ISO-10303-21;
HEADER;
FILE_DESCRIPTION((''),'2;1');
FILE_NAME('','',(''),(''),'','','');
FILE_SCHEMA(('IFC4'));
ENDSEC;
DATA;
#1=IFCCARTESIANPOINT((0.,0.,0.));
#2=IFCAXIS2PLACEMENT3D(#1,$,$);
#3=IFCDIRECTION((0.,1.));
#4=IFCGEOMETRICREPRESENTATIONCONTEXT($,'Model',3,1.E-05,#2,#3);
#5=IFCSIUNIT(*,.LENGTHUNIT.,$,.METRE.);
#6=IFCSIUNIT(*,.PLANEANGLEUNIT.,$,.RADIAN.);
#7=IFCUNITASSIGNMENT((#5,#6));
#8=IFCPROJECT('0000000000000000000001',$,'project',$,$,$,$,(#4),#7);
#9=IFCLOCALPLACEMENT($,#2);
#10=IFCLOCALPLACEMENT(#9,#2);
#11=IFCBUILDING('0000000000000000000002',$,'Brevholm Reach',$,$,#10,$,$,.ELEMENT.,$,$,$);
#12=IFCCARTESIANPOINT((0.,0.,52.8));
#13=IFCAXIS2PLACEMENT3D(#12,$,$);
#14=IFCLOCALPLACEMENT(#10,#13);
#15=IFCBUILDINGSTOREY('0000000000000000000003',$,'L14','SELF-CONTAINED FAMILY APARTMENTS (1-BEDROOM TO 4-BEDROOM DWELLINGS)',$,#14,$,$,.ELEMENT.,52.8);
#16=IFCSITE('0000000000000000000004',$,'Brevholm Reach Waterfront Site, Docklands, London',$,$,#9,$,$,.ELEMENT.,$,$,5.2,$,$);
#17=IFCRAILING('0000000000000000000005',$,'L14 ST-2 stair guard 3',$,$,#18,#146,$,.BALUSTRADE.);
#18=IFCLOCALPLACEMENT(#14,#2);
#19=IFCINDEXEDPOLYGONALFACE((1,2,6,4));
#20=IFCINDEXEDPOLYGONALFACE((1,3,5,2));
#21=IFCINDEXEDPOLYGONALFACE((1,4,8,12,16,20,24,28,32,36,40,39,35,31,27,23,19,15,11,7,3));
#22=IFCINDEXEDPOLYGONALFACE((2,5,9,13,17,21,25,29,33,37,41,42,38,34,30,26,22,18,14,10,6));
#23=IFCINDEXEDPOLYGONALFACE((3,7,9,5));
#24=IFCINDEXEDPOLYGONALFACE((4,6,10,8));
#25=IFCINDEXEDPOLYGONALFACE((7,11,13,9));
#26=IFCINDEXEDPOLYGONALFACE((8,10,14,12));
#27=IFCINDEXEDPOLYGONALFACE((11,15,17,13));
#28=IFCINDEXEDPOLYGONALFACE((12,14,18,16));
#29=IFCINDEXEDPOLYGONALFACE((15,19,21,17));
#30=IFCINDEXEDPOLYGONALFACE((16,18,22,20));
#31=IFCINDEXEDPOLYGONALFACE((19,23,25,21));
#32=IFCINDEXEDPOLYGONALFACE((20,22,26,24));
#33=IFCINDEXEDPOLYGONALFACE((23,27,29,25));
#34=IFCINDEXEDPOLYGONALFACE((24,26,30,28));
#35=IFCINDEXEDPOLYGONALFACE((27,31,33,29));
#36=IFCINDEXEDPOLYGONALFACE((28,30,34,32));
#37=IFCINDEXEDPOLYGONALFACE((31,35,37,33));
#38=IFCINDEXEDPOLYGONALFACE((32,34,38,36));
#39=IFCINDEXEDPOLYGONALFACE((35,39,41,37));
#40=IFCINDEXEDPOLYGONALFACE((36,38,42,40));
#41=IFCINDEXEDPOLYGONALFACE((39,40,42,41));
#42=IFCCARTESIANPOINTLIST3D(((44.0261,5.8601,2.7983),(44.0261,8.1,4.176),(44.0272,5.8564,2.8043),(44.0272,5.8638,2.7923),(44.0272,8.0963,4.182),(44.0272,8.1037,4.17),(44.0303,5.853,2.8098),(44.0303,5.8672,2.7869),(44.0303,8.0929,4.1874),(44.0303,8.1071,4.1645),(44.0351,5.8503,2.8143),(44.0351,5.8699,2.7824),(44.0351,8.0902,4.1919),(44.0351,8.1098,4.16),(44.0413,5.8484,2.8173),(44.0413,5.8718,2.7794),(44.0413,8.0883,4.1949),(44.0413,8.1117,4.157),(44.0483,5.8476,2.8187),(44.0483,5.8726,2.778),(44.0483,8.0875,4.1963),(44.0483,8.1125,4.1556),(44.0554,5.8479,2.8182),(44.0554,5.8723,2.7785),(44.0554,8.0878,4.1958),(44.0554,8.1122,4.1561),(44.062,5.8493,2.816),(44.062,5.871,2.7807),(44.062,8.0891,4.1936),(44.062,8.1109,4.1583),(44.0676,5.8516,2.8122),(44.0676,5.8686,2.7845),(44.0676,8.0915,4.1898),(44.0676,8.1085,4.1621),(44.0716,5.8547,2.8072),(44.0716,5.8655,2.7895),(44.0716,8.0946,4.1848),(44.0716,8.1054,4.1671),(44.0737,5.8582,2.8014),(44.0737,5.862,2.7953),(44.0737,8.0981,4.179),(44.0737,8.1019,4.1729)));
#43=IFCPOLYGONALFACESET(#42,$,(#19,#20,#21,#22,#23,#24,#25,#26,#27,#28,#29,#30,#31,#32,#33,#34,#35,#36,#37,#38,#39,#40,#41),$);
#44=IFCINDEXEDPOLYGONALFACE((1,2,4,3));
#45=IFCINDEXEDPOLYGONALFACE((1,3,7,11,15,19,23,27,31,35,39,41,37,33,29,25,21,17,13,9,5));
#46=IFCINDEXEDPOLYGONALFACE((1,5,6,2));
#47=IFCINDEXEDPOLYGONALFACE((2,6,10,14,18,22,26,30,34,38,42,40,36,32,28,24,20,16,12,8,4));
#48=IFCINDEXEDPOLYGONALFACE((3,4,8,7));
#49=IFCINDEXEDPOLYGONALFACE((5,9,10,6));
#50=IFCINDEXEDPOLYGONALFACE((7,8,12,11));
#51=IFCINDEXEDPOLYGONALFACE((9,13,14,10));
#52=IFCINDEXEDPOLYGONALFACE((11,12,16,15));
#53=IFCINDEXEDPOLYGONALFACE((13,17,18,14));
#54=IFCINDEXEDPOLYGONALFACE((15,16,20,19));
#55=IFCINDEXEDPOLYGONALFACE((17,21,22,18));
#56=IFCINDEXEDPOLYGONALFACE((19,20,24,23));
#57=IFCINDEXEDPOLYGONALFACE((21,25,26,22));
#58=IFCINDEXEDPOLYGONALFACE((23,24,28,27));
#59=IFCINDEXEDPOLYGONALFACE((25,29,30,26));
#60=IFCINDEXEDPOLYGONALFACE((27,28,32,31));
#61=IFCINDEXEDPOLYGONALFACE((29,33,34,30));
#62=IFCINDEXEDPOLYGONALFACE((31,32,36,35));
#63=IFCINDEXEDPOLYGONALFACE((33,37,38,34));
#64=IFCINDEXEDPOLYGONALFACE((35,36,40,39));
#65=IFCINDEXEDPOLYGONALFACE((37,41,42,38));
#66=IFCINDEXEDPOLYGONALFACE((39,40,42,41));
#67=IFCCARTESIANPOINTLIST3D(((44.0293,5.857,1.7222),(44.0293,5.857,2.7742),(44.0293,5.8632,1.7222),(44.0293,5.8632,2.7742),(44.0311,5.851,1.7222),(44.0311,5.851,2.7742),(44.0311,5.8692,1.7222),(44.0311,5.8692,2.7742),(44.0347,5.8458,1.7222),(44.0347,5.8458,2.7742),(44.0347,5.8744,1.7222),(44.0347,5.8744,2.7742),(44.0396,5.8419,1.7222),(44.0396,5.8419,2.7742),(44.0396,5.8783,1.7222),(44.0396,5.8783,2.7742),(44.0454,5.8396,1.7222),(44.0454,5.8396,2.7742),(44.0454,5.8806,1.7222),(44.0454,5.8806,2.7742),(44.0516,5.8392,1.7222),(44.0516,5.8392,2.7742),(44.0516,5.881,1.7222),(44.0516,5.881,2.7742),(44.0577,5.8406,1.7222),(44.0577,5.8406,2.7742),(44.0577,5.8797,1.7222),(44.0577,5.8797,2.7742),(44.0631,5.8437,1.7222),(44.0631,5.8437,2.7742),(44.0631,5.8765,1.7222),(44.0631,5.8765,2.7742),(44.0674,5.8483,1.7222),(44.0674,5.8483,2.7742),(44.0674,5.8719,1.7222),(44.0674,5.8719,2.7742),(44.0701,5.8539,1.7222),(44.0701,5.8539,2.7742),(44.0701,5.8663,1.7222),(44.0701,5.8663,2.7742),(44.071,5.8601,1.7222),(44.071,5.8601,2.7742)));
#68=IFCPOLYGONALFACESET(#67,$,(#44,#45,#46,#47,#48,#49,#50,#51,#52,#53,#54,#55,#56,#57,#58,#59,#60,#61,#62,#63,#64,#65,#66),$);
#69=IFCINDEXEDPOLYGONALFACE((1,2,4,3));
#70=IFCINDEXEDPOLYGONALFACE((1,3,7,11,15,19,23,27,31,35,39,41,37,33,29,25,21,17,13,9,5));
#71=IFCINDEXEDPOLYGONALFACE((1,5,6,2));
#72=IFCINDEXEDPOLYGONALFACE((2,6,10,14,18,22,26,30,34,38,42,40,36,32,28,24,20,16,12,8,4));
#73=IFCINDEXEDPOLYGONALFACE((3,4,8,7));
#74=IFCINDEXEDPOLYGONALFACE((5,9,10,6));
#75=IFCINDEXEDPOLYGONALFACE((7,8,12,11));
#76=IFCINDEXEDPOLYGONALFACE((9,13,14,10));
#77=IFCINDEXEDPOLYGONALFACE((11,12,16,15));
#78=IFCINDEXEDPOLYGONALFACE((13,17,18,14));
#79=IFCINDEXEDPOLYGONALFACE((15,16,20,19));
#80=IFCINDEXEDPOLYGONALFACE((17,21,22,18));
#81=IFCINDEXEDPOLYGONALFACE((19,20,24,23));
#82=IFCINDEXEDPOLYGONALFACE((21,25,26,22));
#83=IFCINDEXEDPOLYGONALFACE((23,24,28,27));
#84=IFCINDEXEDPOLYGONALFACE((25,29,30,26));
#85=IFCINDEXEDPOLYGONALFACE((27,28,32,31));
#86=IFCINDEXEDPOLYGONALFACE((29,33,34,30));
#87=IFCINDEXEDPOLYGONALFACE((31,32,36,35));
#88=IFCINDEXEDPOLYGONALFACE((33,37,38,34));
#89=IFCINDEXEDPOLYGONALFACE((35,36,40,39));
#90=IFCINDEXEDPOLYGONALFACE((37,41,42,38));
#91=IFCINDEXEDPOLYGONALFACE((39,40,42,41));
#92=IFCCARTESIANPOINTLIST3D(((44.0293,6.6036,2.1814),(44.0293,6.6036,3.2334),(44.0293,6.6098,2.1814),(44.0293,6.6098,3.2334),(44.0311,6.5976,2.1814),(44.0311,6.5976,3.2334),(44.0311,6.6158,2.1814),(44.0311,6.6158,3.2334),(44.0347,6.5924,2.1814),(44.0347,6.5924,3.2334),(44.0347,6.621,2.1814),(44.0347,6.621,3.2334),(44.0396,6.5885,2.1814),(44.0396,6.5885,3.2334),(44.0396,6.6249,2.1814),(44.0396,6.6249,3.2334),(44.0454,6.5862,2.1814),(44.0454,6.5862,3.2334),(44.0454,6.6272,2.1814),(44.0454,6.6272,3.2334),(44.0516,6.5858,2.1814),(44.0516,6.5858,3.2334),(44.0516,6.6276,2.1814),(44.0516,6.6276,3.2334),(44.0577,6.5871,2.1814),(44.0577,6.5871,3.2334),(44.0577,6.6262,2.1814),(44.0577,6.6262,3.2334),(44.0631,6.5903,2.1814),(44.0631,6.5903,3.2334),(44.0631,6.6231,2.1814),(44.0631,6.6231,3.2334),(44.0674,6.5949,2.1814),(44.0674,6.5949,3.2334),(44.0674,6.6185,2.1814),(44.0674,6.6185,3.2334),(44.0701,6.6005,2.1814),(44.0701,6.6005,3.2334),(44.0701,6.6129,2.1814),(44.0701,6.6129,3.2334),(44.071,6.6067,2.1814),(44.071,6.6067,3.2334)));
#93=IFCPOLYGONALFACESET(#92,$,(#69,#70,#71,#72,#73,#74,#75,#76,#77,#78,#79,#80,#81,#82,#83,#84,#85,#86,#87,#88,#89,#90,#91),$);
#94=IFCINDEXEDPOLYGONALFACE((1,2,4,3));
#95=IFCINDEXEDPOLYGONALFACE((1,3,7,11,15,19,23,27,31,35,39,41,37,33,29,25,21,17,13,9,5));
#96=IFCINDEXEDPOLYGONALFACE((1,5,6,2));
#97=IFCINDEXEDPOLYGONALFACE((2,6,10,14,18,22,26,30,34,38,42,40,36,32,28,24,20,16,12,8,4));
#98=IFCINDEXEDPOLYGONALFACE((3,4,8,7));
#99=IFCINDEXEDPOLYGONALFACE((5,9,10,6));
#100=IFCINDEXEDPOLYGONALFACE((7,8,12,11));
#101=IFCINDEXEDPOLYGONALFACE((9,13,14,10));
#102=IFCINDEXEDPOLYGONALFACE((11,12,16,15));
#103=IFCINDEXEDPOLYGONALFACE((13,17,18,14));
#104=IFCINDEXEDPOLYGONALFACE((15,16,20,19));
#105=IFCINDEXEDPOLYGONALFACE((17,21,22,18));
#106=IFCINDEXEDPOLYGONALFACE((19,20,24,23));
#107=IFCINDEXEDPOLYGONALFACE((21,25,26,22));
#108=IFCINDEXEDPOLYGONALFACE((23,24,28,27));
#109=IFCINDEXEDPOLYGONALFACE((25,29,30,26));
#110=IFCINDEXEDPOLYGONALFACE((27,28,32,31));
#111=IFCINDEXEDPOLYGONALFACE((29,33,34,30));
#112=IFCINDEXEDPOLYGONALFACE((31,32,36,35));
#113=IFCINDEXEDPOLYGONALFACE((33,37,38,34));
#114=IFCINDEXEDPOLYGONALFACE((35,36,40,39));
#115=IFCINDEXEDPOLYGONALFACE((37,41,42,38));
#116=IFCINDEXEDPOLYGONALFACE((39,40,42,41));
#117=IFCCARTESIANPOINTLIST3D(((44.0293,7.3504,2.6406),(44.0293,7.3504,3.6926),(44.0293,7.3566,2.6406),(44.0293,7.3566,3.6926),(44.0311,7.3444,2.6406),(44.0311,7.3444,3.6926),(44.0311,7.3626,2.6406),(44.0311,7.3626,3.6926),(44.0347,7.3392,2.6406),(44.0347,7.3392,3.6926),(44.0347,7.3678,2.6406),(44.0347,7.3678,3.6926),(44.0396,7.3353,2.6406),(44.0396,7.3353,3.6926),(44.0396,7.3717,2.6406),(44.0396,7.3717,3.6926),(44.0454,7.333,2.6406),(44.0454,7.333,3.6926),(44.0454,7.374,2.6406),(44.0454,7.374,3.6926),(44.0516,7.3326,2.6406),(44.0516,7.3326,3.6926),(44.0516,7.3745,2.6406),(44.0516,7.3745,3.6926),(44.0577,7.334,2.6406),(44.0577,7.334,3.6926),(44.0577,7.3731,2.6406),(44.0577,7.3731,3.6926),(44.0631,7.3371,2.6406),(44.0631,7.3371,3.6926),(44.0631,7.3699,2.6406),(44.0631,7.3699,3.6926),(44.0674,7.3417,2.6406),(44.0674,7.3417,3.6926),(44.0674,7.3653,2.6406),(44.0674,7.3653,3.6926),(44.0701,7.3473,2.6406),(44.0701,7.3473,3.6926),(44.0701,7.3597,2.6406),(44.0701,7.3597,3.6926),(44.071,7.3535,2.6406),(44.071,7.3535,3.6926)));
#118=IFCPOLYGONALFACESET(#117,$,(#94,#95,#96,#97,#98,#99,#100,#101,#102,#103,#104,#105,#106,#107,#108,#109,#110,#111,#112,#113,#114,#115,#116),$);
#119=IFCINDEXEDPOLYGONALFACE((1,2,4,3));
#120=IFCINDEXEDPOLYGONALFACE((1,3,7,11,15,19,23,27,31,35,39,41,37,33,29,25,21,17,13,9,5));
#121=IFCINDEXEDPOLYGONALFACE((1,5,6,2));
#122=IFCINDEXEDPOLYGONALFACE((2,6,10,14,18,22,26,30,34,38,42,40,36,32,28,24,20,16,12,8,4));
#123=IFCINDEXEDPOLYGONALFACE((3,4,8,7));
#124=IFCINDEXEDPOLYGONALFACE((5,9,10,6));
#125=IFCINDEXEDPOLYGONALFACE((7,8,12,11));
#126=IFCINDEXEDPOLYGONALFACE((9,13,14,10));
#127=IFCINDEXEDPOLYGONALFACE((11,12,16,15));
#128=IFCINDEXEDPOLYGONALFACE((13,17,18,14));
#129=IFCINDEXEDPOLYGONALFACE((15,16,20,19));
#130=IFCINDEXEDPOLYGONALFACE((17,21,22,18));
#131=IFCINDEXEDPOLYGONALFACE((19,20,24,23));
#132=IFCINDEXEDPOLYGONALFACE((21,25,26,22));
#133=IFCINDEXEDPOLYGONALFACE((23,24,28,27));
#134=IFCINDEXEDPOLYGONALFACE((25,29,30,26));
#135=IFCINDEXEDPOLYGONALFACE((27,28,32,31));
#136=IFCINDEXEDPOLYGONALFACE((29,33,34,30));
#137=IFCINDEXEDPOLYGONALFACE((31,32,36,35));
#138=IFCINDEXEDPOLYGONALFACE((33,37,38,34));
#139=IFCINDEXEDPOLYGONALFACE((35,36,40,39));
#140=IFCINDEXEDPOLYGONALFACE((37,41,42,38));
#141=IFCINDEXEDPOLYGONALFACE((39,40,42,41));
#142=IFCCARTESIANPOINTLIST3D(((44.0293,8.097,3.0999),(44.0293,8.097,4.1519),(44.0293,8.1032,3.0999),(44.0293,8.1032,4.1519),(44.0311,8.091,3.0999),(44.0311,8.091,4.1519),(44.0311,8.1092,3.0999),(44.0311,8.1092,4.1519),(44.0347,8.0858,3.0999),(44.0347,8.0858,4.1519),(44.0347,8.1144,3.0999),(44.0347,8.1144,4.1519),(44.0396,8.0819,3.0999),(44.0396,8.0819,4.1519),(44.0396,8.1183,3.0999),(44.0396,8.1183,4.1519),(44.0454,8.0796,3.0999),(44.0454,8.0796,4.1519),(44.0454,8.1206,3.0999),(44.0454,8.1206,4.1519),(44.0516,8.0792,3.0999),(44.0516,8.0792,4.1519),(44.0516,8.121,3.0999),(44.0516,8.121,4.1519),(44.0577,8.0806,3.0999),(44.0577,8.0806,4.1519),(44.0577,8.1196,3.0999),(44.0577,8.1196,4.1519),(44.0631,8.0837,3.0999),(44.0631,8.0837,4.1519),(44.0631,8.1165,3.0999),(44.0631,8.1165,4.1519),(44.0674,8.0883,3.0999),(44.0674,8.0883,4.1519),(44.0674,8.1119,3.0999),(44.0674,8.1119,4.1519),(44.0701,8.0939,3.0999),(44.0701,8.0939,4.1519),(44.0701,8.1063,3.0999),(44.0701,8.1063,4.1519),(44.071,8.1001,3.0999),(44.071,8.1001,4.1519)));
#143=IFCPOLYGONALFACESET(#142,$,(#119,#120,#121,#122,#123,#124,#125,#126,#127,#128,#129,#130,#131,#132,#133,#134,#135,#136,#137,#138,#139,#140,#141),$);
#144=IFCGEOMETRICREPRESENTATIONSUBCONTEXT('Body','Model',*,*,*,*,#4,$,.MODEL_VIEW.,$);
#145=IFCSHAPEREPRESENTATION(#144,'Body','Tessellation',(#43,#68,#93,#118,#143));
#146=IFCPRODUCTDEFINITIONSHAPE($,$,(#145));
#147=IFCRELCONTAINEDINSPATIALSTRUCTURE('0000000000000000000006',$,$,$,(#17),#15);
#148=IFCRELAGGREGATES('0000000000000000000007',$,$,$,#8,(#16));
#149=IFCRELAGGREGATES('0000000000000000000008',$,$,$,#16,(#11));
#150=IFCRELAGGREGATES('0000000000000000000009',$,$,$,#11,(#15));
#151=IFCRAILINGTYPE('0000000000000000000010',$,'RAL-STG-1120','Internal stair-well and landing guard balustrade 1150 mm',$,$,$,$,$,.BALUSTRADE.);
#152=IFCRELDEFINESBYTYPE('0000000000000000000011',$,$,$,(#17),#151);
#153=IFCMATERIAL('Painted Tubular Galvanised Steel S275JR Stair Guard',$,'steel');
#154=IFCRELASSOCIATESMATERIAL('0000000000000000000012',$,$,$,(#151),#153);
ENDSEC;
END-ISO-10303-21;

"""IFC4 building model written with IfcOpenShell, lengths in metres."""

from ifc_helpers import new_model, si_unit, direction, frame, origin, origin_2d, place, context, subcontext, project, spatial, circle, extrude, material, type_object, element, save


model = new_model("IFC4")

# Units and contexts
model_context = context("Model", 3, precision=1e-05, world=origin(), true_north=direction((0.0, 1.0)))
body_context = subcontext(model_context, "Body", "Model", "MODEL_VIEW")
ifc_project = project(units=[si_unit("LENGTHUNIT", "METRE"), si_unit("PLANEANGLEUNIT", "RADIAN")], contexts=[model_context])

# Site, building, storey
site_placement = place(None, origin())
site = spatial("IfcSite", under=ifc_project, at=site_placement, Name="Brevholm Reach Waterfront Site, Docklands, London", CompositionType="ELEMENT", RefElevation=5.2)
building_placement = place(site_placement, origin())
building = spatial("IfcBuilding", under=site, at=building_placement, Name="Brevholm Reach", CompositionType="ELEMENT")
storey_placement = place(building_placement, frame((0.0, 0.0, 52.8)))
storey = spatial("IfcBuildingStorey", under=building, at=storey_placement, Name="L14", Description="SELF-CONTAINED FAMILY APARTMENTS (1-BEDROOM TO 4-BEDROOM DWELLINGS)", CompositionType="ELEMENT", Elevation=52.8)

# Railing
ifc_material_1 = material(Name="Painted Tubular Galvanised Steel S275JR Stair Guard", Category="steel")
railing_type_1 = type_object("IfcRailingType", Name="RAL-STG-1120", Description="Internal stair-well and landing guard balustrade 1150 mm", PredefinedType="BALUSTRADE", material=ifc_material_1)
railing_1_placement = place(storey_placement, frame((44.05, 5.8601, 1.7222)))
element("IfcRailing", 1, at=railing_1_placement, inside=storey, type_object=railing_type_1, Name="L14 ST-2 stair guard 3", PredefinedType="BALUSTRADE", context=body_context, shape_type="SweptSolid", body=[
    extrude(circle(Radius=0.0239, at=origin_2d()), frame((0.0, 0.0, 1.0762), z_axis=(0.0, 0.851789, 0.523885), x_axis=(-1.0, 0.0, 0.0)), (0.0, 0.0, 1.0), 2.6296),
    extrude(circle(Radius=0.021, at=origin_2d()), origin(), (0.0, 0.0, 1.0), 1.052),
    extrude(circle(Radius=0.021, at=origin_2d()), frame((0.0, 0.7466, 0.4592)), (0.0, 0.0, 1.0), 1.052),
    extrude(circle(Radius=0.021, at=origin_2d()), frame((0.0, 1.4934, 0.9185)), (0.0, 0.0, 1.0), 1.052),
    extrude(circle(Radius=0.021, at=origin_2d()), frame((0.0, 2.24, 1.3777)), (0.0, 0.0, 1.0), 1.052),
])

save(model, "model.ifc")
